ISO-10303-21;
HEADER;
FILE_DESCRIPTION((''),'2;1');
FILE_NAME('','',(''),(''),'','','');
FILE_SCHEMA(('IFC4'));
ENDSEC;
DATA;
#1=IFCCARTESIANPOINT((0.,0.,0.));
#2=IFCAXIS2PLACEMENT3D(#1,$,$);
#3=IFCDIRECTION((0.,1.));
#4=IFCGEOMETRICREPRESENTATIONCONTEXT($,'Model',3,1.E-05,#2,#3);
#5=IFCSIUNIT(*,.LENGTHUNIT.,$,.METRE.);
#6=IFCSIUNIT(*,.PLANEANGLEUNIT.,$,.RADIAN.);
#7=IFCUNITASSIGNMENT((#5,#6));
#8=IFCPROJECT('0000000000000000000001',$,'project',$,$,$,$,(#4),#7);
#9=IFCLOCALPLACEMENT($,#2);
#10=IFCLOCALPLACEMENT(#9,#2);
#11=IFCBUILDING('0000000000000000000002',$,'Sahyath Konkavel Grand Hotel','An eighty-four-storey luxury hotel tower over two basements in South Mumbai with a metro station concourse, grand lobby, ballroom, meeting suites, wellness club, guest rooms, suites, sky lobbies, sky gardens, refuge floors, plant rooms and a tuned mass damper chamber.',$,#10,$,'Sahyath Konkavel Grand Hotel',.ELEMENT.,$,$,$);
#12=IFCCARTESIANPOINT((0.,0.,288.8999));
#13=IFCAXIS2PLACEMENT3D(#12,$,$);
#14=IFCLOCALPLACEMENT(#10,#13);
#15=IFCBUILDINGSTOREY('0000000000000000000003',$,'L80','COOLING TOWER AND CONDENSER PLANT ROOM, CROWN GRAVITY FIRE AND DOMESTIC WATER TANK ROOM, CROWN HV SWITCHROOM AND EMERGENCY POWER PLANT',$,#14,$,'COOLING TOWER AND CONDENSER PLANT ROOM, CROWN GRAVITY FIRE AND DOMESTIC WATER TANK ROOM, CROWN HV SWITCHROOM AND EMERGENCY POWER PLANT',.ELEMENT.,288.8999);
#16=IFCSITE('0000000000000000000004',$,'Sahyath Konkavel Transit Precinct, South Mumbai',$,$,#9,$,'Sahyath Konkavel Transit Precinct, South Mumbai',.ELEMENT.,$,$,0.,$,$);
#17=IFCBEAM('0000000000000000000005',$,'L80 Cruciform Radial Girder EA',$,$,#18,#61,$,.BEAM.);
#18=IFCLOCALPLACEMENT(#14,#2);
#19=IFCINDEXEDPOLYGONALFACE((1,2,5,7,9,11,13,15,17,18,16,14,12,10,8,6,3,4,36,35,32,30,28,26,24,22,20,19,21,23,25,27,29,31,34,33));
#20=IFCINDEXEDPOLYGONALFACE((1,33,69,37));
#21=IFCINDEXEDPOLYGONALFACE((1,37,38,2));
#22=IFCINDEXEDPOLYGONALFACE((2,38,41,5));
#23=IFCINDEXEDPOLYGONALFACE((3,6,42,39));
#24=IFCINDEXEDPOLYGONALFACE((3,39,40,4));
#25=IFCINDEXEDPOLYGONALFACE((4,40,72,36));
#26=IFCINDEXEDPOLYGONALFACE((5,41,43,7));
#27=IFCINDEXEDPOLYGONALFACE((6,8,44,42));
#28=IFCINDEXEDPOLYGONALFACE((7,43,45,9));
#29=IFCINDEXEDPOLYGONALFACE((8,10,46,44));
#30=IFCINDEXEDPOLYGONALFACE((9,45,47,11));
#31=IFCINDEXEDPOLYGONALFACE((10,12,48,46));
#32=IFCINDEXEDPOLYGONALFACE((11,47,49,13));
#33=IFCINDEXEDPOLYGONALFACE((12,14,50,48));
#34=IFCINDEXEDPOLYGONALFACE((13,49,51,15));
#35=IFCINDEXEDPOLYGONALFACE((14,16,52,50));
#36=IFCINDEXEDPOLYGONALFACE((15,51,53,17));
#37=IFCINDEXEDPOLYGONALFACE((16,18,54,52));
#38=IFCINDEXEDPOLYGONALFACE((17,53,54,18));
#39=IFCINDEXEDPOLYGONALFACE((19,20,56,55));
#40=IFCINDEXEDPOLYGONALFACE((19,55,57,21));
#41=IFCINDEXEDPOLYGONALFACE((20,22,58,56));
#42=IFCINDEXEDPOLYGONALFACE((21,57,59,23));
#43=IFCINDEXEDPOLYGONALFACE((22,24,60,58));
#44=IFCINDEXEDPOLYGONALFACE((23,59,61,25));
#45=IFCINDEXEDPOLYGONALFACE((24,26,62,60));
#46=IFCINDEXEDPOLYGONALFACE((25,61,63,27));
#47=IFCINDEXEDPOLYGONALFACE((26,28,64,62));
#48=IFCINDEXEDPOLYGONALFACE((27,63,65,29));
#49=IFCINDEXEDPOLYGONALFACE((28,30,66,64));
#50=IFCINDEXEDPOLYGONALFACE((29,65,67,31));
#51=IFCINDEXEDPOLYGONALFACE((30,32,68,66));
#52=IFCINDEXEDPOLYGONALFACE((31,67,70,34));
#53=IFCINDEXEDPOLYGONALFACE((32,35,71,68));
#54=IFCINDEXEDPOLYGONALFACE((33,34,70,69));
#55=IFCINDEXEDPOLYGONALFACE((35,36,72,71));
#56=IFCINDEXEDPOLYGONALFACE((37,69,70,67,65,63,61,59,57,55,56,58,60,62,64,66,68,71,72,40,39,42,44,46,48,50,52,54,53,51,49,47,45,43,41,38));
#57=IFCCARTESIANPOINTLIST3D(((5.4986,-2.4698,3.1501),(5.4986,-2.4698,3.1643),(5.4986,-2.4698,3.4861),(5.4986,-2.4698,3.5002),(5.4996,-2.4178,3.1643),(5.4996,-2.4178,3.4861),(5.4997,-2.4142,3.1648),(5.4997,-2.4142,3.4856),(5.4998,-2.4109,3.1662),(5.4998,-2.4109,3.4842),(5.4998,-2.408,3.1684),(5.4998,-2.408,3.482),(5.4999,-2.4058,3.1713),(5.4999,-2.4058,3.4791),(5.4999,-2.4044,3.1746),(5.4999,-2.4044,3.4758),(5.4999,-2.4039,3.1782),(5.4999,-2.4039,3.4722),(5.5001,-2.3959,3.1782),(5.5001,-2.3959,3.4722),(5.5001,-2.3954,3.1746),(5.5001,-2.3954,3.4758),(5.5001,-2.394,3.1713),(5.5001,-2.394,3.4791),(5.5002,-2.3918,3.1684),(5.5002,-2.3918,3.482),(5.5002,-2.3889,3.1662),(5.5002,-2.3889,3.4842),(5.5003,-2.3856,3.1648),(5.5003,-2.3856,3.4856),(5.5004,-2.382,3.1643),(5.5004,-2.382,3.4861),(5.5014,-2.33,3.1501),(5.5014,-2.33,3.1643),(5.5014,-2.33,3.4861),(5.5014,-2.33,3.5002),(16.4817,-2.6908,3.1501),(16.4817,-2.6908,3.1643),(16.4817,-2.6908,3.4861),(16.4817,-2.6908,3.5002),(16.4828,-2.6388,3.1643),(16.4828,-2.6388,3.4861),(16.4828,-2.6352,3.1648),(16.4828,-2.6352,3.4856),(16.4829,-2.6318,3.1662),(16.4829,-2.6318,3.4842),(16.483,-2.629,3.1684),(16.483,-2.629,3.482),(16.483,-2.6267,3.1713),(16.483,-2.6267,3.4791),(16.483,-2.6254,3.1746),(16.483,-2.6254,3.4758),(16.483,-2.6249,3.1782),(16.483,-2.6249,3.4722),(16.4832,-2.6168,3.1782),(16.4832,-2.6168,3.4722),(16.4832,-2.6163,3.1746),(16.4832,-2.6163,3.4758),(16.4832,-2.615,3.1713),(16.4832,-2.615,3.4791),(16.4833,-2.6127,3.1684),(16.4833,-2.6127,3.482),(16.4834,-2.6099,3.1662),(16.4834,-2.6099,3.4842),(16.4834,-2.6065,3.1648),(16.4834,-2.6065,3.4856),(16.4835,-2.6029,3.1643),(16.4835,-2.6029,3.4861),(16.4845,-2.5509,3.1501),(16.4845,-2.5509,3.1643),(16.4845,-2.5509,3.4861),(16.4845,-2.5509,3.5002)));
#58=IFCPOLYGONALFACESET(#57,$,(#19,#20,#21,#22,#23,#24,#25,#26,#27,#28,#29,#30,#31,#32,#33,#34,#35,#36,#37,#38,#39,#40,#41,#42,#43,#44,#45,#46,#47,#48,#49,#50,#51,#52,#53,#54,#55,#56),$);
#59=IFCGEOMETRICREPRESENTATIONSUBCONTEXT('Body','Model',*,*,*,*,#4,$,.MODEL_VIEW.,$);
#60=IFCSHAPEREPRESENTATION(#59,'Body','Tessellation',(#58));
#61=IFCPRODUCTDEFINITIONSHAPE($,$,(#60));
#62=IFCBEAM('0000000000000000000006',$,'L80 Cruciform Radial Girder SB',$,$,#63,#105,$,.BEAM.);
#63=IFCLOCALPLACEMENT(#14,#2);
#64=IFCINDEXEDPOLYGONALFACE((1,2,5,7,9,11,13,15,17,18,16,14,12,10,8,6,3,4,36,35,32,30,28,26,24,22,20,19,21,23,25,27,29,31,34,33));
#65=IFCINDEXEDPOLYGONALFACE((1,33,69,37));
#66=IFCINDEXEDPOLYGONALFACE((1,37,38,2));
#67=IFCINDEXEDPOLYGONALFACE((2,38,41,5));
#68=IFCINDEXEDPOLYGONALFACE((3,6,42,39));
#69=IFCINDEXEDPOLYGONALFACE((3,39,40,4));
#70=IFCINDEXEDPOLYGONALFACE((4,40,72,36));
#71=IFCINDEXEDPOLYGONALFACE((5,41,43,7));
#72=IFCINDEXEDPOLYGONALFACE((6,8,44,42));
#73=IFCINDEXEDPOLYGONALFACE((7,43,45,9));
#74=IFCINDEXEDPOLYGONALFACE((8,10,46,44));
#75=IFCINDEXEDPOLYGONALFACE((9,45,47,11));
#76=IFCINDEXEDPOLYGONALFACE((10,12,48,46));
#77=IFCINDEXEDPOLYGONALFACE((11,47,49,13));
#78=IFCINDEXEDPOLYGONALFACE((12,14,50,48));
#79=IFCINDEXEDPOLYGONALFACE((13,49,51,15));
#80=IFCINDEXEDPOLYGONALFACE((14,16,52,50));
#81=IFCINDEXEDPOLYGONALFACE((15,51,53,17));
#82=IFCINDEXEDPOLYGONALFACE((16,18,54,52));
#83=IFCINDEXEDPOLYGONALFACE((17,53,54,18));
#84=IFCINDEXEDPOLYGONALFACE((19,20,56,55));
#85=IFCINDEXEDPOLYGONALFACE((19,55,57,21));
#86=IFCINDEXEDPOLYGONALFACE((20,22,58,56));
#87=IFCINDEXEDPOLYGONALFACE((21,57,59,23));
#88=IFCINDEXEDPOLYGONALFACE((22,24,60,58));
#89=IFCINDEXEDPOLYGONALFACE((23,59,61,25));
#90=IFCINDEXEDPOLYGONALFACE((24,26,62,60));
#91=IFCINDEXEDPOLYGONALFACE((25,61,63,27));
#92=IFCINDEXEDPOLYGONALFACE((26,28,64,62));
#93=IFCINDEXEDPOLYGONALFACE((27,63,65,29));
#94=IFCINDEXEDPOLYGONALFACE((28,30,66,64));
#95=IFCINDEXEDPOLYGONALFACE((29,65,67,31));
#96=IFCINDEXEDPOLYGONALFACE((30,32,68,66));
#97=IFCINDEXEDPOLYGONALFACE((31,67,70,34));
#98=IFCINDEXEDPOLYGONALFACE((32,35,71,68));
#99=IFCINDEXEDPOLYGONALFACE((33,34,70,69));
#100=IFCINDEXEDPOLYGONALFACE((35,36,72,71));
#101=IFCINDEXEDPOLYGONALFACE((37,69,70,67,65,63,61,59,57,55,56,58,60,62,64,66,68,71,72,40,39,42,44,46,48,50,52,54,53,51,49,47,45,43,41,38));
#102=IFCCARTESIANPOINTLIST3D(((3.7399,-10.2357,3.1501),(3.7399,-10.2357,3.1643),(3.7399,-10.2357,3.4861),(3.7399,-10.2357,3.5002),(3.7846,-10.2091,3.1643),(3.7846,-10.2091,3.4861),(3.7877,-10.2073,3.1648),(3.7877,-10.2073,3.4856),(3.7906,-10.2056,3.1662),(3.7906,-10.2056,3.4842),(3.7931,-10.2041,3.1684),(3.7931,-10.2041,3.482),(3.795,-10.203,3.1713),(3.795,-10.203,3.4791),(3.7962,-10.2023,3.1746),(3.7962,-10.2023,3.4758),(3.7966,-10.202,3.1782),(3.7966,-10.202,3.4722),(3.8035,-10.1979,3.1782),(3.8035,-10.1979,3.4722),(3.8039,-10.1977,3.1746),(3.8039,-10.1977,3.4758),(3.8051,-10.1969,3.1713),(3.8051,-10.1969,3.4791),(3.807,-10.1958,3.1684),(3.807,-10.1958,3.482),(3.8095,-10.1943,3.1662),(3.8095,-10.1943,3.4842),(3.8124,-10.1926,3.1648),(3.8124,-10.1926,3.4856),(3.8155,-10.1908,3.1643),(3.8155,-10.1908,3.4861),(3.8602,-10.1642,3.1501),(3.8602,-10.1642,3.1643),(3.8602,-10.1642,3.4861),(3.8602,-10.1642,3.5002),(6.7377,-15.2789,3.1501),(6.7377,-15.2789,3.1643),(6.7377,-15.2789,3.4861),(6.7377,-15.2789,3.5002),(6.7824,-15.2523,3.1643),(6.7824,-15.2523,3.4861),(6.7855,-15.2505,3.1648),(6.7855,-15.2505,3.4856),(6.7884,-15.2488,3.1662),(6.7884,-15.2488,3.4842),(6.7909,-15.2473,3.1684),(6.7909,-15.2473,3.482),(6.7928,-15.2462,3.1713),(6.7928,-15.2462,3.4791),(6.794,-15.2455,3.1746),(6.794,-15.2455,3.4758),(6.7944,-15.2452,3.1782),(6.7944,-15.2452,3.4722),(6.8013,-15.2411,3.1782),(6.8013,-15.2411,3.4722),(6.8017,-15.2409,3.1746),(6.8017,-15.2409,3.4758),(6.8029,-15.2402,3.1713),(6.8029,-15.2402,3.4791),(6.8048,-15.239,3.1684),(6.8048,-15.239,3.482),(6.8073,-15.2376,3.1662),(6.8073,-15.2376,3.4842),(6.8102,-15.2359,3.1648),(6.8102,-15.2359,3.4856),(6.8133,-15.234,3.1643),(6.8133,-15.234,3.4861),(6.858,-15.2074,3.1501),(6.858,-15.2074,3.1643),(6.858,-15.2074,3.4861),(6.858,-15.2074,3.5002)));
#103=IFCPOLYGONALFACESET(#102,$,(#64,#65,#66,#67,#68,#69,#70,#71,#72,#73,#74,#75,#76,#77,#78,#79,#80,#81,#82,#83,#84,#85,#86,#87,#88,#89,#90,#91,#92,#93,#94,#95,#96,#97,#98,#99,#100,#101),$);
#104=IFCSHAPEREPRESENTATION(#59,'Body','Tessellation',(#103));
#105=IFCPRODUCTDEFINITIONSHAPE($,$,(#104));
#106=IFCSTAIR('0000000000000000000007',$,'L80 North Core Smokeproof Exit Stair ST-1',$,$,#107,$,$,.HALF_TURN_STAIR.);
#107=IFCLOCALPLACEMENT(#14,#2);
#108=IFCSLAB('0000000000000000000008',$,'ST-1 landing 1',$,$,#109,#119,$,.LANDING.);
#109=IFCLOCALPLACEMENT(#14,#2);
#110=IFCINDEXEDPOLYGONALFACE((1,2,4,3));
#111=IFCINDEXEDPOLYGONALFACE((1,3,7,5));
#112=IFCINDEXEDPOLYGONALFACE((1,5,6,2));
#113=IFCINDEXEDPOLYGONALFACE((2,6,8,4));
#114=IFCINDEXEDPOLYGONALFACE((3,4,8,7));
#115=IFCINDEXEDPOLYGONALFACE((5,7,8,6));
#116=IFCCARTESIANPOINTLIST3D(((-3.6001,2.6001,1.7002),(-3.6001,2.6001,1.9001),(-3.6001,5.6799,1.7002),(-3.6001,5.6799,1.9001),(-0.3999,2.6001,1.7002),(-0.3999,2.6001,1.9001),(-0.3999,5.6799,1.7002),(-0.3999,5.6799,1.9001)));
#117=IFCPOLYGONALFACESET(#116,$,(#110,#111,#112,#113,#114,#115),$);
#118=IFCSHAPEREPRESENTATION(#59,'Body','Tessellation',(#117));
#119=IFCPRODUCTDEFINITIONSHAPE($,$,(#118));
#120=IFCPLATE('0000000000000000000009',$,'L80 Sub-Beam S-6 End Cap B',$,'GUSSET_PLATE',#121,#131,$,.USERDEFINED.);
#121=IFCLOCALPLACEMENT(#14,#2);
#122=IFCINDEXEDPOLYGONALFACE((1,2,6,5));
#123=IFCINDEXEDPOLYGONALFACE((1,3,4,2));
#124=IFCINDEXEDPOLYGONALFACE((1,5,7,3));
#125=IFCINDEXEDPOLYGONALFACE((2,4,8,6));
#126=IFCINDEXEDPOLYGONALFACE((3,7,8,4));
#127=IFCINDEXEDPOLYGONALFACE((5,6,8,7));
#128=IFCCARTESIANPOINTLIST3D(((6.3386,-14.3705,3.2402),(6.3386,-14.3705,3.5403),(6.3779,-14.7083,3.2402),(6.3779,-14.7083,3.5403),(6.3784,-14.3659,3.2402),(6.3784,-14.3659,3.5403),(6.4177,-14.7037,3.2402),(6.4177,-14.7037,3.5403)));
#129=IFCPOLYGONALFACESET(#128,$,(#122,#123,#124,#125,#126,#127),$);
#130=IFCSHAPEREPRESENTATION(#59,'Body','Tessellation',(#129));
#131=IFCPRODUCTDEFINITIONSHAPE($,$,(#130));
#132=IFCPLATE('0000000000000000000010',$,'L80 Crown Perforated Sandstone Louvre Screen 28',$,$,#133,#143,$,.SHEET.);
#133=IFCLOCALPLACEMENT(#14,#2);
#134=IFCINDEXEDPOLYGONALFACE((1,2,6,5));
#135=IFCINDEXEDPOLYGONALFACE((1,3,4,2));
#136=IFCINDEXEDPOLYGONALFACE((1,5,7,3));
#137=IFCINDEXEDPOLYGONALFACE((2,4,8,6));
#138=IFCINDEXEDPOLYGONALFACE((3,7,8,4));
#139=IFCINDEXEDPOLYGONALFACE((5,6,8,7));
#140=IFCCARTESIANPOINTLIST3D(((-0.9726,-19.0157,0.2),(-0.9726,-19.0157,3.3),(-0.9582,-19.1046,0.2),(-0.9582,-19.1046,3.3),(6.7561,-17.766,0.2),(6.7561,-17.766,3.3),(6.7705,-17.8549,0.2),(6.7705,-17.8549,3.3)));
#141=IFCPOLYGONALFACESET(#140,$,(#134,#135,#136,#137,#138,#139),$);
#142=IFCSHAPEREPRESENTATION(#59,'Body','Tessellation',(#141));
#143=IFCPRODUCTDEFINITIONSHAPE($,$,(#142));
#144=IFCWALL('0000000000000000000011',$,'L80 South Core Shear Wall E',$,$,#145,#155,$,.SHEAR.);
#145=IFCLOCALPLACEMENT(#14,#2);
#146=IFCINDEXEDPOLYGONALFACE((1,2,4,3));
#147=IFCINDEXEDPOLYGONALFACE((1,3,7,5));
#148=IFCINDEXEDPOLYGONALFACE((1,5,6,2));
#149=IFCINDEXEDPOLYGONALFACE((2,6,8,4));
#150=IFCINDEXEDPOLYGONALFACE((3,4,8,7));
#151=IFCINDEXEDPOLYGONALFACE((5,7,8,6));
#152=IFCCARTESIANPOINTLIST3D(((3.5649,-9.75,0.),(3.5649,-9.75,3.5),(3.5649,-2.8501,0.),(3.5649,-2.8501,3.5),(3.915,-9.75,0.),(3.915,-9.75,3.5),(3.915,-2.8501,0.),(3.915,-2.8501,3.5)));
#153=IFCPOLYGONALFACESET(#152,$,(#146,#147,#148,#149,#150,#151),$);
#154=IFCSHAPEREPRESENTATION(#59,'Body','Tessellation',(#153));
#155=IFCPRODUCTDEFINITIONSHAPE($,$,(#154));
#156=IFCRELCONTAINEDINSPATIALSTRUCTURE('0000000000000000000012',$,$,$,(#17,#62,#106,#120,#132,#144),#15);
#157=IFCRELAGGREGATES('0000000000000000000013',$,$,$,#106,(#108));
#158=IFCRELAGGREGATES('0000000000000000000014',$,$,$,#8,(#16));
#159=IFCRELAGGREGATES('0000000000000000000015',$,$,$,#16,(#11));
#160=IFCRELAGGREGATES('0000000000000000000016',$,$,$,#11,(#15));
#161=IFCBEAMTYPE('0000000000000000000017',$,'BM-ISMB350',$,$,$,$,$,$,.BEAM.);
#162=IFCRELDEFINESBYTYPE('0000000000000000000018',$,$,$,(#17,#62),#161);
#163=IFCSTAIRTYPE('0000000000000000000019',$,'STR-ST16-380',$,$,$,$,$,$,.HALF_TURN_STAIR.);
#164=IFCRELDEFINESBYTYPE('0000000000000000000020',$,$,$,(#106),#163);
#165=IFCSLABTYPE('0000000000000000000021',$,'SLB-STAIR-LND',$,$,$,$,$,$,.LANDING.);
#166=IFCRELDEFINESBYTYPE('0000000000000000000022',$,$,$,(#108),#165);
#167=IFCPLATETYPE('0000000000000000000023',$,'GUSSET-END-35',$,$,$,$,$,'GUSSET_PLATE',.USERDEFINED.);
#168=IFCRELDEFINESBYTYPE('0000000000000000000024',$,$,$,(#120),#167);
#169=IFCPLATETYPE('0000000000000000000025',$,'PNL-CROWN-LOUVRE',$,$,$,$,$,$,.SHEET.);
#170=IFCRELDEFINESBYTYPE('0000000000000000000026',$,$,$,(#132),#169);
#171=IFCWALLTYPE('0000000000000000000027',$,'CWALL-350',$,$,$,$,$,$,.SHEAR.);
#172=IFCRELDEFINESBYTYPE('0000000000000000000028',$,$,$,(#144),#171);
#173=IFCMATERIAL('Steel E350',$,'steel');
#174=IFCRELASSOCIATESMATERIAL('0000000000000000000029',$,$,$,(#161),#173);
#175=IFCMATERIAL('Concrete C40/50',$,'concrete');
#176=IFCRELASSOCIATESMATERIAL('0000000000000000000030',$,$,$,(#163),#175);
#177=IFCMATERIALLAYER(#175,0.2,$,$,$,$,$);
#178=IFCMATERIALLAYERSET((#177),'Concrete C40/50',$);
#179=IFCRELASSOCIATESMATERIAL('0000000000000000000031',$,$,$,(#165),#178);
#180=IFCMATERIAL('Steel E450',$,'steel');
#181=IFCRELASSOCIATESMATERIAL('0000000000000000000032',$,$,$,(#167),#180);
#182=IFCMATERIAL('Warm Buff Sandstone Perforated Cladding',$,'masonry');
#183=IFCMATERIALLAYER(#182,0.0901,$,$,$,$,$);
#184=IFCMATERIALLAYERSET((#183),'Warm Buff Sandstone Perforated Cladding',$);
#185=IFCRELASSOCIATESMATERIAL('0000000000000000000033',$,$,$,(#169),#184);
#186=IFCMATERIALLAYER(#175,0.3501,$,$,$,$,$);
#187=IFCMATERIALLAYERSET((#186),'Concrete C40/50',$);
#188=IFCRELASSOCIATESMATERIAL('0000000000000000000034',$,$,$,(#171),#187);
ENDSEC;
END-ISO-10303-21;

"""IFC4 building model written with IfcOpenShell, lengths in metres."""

from ifc_helpers import new_model, si_unit, direction, frame, frame_2d, origin, origin_2d, place, context, subcontext, project, spatial, polyline, rectangle, i_section, outline, extrude, source, transform, mapped, material, layer, layer_set, material_profile, profile_set, type_object, element, aggregate, save


model = new_model("IFC4")

# Units and contexts
model_context = context("Model", 3, precision=1e-05, world=origin(), true_north=direction((0.0, 1.0)))
body_context = subcontext(model_context, "Body", "Model", "MODEL_VIEW")
ifc_project = project(units=[si_unit("LENGTHUNIT", "METRE"), si_unit("PLANEANGLEUNIT", "RADIAN")], contexts=[model_context])

# Site, building, storey
site_placement = place(None, origin())
site = spatial("IfcSite", under=ifc_project, at=site_placement, Name="Sahyath Konkavel Transit Precinct, South Mumbai", LongName="Sahyath Konkavel Transit Precinct, South Mumbai", CompositionType="ELEMENT", RefElevation=0.0)
building_placement = place(site_placement, origin())
building = spatial("IfcBuilding", under=site, at=building_placement, Name="Sahyath Konkavel Grand Hotel", Description="An eighty-four-storey luxury hotel tower over two basements in South Mumbai with a metro station concourse, grand lobby, ballroom, meeting suites, wellness club, guest rooms, suites, sky lobbies, sky gardens, refuge floors, plant rooms and a tuned mass damper chamber.", LongName="Sahyath Konkavel Grand Hotel", CompositionType="ELEMENT")
storey_placement = place(building_placement, frame((0.0, 0.0, 288.8999)))
storey = spatial("IfcBuildingStorey", under=building, at=storey_placement, Name="L80", Description="COOLING TOWER AND CONDENSER PLANT ROOM, CROWN GRAVITY FIRE AND DOMESTIC WATER TANK ROOM, CROWN HV SWITCHROOM AND EMERGENCY POWER PLANT", LongName="COOLING TOWER AND CONDENSER PLANT ROOM, CROWN GRAVITY FIRE AND DOMESTIC WATER TANK ROOM, CROWN HV SWITCHROOM AND EMERGENCY POWER PLANT", CompositionType="ELEMENT", Elevation=288.8999)

# Shared definitions
ifc_material_1 = material(Name="Concrete C40/50", Category="concrete")

# Beams
ifc_material_2 = material(Name="Steel E350", Category="steel")
ifc_material_profile_1 = material_profile(ifc_material_2, i_section(OverallWidth=0.1399, OverallDepth=0.3501, WebThickness=0.0081, FlangeThickness=0.0142, FilletRadius=0.0139, at=origin_2d()), Name="ISMB 350")
ifc_profile_set_1 = profile_set([ifc_material_profile_1], Name="Steel E350")
beam_type_1 = type_object("IfcBeamType", Name="BM-ISMB350", PredefinedType="BEAM", material=ifc_profile_set_1)
shared_shape_1 = source(origin(), body_context, "Body", "SweptSolid", [
    extrude(i_section(OverallWidth=0.1399, OverallDepth=0.3501, WebThickness=0.0081, FlangeThickness=0.0142, FilletRadius=0.0139, at=origin_2d()), origin(), (0.0, 0.0, 1.0), 10.9854),
])
beam_1_placement = place(storey_placement, frame((5.5, -2.3999, 3.3252), z_axis=(0.999798, -0.020113, 0.0), x_axis=(0.020113, 0.999798, 0.0)))
element("IfcBeam", 1, at=beam_1_placement, inside=storey, type_object=beam_type_1, Name="L80 Cruciform Radial Girder EA", PredefinedType="BEAM", context=body_context, shape_type="MappedRepresentation", body=[
    mapped(shared_shape_1, transform((0.0, 0.0, 0.0), scale=1.0)),
])
shared_shape_2 = source(origin(), body_context, "Body", "SweptSolid", [
    extrude(i_section(OverallWidth=0.1399, OverallDepth=0.3501, WebThickness=0.0081, FlangeThickness=0.0142, FilletRadius=0.0139, at=origin_2d()), origin(), (0.0, 0.0, 1.0), 5.8669),
])
beam_2_placement = place(storey_placement, frame((3.8, -10.2, 3.3252), z_axis=(0.510967, -0.859601, 0.0), x_axis=(0.859601, 0.510967, 0.0)))
element("IfcBeam", 2, at=beam_2_placement, inside=storey, type_object=beam_type_1, Name="L80 Cruciform Radial Girder SB", PredefinedType="BEAM", context=body_context, shape_type="MappedRepresentation", body=[
    mapped(shared_shape_2, transform((0.0, 0.0, 0.0), scale=1.0)),
])

# Stair, slab
stair_type = type_object("IfcStairType", Name="STR-ST16-380", PredefinedType="HALF_TURN_STAIR", material=ifc_material_1)
stair_1_placement = place(storey_placement, origin())
stair_1 = element("IfcStair", 3, at=stair_1_placement, inside=storey, type_object=stair_type, Name="L80 North Core Smokeproof Exit Stair ST-1", PredefinedType="HALF_TURN_STAIR")
ifc_layer_1 = layer(ifc_material_1, 0.2)
ifc_layer_set_1 = layer_set([ifc_layer_1], Name="Concrete C40/50")
slab_type = type_object("IfcSlabType", Name="SLB-STAIR-LND", PredefinedType="LANDING", material=ifc_layer_set_1)
slab_placement = place(storey_placement, frame((0.0, 0.0, 1.7002)))
slab = element("IfcSlab", 4, at=slab_placement, type_object=slab_type, Name="ST-1 landing 1", PredefinedType="LANDING", context=body_context, shape_type="SweptSolid", body=[
    extrude(outline(polyline([(-3.6001, 5.6799), (-3.6001, 2.6001), (-0.3999, 2.6001), (-0.3999, 5.6799), (-3.6001, 5.6799)])), origin(), (0.0, 0.0, 1.0), 0.2),
])
aggregate(stair_1, [slab])

# Plates
ifc_material_3 = material(Name="Steel E450", Category="steel")
plate_type_1 = type_object("IfcPlateType", Name="GUSSET-END-35", ElementType="GUSSET_PLATE", PredefinedType="USERDEFINED", material=ifc_material_3)
shared_shape_3 = source(origin(), body_context, "Body", "SweptSolid", [
    extrude(rectangle(XDim=0.04, YDim=0.3401, at=origin_2d()), origin(), (0.0, 0.0, 1.0), 0.3),
])
plate_1_placement = place(storey_placement, frame((6.3782, -14.5371, 3.2402), z_axis=(0.0, 0.0, 1.0), x_axis=(0.993298, 0.115579, 0.0)))
element("IfcPlate", 5, at=plate_1_placement, inside=storey, type_object=plate_type_1, Name="L80 Sub-Beam S-6 End Cap B", ObjectType="GUSSET_PLATE", PredefinedType="USERDEFINED", context=body_context, shape_type="MappedRepresentation", body=[
    mapped(shared_shape_3, transform((0.0, 0.0, 0.0), scale=1.0)),
])
ifc_material_4 = material(Name="Warm Buff Sandstone Perforated Cladding", Category="masonry")
ifc_layer_2 = layer(ifc_material_4, 0.0901)
ifc_layer_set_2 = layer_set([ifc_layer_2], Name="Warm Buff Sandstone Perforated Cladding")
plate_type_2 = type_object("IfcPlateType", Name="PNL-CROWN-LOUVRE", PredefinedType="SHEET", material=ifc_layer_set_2)
shared_shape_4 = source(origin(), body_context, "Body", "SweptSolid", [
    extrude(rectangle(XDim=7.8291, YDim=0.0901, at=origin_2d()), origin(), (0.0, 0.0, 1.0), 3.1001),
])
plate_2_placement = place(storey_placement, frame((2.8989, -18.4353, 0.2), z_axis=(0.0, 0.0, 1.0), x_axis=(0.987178, 0.159623, 0.0)))
element("IfcPlate", 6, at=plate_2_placement, inside=storey, type_object=plate_type_2, Name="L80 Crown Perforated Sandstone Louvre Screen 28", PredefinedType="SHEET", context=body_context, shape_type="MappedRepresentation", body=[
    mapped(shared_shape_4, transform((0.0, 0.0, 0.0), scale=1.0)),
])

# Wall
ifc_layer_3 = layer(ifc_material_1, 0.3501)
ifc_layer_set_3 = layer_set([ifc_layer_3], Name="Concrete C40/50")
wall_type_1 = type_object("IfcWallType", Name="CWALL-350", PredefinedType="SHEAR", material=ifc_layer_set_3)
wall_1_placement = place(storey_placement, frame((3.74, -9.75, 0.0), z_axis=(0.0, 0.0, 1.0), x_axis=(0.0, 1.0, 0.0)))
element("IfcWall", 7, at=wall_1_placement, inside=storey, type_object=wall_type_1, Name="L80 South Core Shear Wall E", PredefinedType="SHEAR", context=body_context, shape_type="SweptSolid", body=[
    extrude(rectangle(XDim=6.8999, YDim=0.3501, at=frame_2d((3.45, 0.0))), origin(), (0.0, 0.0, 1.0), 3.5),
])

save(model, "model.ifc")
